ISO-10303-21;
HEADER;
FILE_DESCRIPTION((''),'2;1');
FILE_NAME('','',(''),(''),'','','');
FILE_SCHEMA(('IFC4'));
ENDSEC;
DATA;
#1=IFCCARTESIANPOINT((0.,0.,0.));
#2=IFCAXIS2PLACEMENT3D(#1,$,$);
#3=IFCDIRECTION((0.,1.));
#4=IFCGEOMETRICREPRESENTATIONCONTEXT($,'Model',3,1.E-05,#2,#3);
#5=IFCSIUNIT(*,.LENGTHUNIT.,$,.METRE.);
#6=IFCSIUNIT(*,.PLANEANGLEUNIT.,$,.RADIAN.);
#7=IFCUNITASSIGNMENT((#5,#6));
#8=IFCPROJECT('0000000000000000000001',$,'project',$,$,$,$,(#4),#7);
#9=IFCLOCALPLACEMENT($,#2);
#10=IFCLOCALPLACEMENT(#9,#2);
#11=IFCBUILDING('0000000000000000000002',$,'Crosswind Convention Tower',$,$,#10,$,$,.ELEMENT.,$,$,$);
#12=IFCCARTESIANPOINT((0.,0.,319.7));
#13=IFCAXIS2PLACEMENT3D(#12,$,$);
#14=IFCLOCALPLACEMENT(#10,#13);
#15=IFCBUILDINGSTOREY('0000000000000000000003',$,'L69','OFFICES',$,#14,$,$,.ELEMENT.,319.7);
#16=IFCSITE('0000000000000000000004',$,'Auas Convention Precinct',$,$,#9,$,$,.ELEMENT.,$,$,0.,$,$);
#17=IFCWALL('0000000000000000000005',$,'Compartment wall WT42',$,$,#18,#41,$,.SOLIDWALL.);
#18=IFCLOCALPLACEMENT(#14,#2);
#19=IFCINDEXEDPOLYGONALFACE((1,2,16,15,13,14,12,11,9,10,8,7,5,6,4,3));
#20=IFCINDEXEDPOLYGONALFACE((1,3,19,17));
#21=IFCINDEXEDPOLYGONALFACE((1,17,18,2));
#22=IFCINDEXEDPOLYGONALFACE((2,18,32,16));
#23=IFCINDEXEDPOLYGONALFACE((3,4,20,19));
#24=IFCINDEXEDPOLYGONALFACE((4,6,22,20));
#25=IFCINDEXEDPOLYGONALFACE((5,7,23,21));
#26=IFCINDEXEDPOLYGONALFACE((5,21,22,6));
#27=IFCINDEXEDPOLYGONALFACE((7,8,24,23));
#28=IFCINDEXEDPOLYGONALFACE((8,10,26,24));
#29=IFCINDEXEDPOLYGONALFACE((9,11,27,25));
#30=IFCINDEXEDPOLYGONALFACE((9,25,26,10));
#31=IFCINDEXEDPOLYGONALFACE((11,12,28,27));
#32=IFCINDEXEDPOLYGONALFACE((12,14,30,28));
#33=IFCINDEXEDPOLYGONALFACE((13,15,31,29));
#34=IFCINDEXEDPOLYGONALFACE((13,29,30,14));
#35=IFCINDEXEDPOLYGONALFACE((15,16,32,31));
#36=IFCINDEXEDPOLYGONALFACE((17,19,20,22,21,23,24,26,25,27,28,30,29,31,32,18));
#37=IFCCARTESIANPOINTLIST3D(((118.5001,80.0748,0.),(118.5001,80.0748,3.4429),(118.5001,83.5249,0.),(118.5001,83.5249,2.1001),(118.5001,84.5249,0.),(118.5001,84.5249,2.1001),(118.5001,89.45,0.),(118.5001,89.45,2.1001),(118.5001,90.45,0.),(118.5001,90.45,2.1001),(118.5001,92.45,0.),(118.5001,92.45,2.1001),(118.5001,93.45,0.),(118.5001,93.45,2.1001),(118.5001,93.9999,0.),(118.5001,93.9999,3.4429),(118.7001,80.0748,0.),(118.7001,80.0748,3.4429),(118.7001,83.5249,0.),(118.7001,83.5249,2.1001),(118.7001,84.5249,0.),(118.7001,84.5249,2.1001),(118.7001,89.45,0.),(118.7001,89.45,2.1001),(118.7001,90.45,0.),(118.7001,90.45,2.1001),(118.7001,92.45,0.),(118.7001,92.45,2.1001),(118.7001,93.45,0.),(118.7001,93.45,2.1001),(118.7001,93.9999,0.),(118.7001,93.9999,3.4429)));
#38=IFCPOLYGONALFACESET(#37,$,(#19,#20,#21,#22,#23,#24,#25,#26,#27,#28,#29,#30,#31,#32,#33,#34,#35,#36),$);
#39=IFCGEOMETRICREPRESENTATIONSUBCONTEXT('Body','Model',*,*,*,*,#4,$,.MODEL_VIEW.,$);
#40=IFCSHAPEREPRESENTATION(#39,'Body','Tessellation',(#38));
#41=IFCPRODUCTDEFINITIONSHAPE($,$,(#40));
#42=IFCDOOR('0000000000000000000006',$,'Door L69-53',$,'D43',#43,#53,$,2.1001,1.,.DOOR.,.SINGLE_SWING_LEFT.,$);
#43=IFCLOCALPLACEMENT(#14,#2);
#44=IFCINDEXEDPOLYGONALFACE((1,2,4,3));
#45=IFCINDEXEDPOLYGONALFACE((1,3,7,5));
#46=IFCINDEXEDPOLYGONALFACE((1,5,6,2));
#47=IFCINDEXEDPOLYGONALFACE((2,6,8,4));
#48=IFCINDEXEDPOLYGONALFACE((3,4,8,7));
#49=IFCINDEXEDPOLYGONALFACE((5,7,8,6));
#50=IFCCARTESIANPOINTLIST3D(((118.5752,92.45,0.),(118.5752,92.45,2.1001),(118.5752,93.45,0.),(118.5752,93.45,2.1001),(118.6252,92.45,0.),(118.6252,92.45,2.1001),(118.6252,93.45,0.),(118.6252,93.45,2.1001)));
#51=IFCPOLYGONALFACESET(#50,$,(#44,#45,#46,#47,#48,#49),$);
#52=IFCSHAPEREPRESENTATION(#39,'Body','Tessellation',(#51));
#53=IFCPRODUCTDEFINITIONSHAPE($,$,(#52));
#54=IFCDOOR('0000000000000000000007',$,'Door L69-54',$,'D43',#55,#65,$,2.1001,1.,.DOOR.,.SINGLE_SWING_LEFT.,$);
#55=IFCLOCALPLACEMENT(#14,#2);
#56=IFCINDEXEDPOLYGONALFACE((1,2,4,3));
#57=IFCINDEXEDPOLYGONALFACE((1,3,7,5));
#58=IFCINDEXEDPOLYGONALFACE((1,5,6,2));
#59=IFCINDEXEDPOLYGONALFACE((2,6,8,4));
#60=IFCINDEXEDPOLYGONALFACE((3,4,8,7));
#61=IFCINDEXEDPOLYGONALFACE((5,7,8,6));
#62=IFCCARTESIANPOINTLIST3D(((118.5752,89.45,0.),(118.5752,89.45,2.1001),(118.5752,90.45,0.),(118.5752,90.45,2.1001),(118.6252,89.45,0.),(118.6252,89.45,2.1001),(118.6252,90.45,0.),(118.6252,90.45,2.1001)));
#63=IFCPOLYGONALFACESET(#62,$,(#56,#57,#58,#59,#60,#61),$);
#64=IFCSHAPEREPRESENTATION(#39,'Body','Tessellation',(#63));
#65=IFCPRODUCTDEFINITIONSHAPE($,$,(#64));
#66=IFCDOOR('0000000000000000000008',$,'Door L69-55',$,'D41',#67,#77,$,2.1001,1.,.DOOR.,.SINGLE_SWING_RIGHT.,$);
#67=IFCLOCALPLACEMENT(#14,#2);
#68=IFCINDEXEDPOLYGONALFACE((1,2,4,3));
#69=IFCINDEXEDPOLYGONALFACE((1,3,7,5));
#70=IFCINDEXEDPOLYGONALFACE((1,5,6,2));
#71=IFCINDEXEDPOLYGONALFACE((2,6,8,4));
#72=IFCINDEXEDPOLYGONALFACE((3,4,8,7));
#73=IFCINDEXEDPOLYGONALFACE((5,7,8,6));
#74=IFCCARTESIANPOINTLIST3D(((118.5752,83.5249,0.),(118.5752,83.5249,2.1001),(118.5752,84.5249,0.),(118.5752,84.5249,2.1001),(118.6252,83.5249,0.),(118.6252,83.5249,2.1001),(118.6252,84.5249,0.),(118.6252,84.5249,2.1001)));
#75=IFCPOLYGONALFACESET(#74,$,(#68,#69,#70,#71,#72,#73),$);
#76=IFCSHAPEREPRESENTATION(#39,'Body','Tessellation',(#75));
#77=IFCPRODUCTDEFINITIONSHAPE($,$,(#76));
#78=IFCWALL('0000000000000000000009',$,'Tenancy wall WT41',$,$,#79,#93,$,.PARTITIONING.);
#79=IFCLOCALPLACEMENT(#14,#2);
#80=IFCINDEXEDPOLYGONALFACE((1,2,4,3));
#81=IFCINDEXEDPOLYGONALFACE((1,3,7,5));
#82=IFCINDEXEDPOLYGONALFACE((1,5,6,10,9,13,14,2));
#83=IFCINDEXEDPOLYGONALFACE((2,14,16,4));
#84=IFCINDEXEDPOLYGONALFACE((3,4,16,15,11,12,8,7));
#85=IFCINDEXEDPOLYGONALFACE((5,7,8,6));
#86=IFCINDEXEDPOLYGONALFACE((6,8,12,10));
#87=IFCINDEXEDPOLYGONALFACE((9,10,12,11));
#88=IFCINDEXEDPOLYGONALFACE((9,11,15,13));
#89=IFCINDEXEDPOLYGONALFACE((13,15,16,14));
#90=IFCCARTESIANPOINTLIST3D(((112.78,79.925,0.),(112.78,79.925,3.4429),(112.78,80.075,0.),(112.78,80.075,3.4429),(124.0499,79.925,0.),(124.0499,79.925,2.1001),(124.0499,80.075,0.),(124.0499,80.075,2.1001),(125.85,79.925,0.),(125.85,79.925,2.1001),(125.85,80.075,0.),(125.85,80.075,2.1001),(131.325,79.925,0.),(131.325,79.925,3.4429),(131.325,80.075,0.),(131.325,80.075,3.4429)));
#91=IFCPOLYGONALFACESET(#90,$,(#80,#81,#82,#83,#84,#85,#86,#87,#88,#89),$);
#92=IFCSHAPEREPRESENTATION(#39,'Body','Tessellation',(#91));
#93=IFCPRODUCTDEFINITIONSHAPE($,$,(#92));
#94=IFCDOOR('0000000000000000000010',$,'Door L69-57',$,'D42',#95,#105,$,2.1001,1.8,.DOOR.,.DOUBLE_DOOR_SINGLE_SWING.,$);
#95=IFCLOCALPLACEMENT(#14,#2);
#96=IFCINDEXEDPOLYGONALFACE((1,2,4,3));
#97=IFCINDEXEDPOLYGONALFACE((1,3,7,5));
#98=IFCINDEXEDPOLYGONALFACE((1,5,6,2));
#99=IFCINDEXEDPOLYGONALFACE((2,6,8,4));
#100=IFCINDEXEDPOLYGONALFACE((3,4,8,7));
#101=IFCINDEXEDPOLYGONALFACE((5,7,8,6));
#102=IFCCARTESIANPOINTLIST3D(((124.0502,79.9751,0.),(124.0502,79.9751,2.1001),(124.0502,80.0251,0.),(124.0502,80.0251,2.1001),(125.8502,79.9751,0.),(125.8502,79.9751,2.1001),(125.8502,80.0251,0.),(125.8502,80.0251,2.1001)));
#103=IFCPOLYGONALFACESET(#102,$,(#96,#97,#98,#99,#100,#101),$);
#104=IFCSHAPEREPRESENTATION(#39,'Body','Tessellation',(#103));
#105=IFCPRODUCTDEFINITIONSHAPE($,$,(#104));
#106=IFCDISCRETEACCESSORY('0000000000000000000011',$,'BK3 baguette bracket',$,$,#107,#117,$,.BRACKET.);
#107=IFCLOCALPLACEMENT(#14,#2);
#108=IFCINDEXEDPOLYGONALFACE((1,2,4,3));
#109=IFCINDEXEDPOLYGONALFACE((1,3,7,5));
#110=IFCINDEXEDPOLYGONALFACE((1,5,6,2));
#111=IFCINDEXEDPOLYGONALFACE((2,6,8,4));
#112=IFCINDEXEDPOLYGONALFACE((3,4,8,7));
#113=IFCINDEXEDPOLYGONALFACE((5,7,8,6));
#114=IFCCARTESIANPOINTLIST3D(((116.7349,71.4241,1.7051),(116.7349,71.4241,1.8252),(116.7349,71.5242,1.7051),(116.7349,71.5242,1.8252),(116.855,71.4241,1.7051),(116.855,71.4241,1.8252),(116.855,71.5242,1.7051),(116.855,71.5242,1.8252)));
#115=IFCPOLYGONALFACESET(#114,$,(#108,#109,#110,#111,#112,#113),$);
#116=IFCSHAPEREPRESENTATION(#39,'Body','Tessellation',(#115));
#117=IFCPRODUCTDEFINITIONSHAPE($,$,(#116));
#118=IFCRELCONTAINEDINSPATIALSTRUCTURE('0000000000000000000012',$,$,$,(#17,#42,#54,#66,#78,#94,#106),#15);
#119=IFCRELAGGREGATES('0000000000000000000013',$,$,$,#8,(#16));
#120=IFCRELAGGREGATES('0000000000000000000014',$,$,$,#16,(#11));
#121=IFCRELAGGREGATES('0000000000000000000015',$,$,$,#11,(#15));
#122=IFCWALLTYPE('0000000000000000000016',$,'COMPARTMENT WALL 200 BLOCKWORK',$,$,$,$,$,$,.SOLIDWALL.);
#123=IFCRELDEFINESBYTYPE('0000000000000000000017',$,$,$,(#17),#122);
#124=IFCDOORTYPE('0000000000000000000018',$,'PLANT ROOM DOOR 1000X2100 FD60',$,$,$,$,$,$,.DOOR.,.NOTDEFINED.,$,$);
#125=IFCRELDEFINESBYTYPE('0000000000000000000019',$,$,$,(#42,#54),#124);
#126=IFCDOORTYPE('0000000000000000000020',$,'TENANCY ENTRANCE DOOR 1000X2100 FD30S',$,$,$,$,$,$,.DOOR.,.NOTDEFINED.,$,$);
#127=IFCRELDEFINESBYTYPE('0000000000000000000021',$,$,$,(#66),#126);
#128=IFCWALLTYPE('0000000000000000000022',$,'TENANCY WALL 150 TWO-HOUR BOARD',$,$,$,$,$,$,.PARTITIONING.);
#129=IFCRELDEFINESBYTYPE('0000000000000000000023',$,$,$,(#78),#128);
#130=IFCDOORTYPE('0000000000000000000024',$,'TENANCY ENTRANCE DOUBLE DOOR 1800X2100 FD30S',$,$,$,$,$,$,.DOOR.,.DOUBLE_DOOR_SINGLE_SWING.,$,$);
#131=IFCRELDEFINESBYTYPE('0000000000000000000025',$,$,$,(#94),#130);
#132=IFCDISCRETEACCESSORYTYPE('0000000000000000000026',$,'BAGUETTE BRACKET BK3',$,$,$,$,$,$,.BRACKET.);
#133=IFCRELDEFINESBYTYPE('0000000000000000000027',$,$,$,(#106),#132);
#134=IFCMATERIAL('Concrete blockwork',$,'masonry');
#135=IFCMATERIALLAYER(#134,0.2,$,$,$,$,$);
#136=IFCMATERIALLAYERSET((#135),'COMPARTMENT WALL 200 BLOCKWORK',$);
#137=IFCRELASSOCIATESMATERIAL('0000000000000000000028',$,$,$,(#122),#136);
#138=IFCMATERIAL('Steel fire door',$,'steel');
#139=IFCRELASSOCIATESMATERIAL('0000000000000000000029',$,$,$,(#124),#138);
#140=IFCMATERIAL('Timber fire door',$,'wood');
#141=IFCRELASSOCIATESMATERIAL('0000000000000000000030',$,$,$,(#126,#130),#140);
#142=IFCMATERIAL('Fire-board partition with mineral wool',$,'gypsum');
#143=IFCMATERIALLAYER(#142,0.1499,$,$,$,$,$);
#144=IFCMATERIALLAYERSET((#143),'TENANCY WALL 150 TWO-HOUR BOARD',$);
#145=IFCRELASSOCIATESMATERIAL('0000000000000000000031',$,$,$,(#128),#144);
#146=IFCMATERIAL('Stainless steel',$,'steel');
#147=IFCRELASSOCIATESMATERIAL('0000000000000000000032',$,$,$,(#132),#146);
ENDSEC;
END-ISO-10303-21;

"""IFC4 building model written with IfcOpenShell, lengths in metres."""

from ifc_helpers import new_model, si_unit, direction, frame, frame_2d, origin, origin_2d, place, context, subcontext, project, spatial, rectangle, extrude, material, layer, layer_set, type_object, element, fill, save


model = new_model("IFC4")

# Units and contexts
model_context = context("Model", 3, precision=1e-05, world=origin(), true_north=direction((0.0, 1.0)))
body_context = subcontext(model_context, "Body", "Model", "MODEL_VIEW")
ifc_project = project(units=[si_unit("LENGTHUNIT", "METRE"), si_unit("PLANEANGLEUNIT", "RADIAN")], contexts=[model_context])

# Site, building, storey
site_placement = place(None, origin())
site = spatial("IfcSite", under=ifc_project, at=site_placement, Name="Auas Convention Precinct", CompositionType="ELEMENT", RefElevation=0.0)
building_placement = place(site_placement, origin())
building = spatial("IfcBuilding", under=site, at=building_placement, Name="Crosswind Convention Tower", CompositionType="ELEMENT")
storey_placement = place(building_placement, frame((0.0, 0.0, 319.7)))
storey = spatial("IfcBuildingStorey", under=building, at=storey_placement, Name="L69", Description="OFFICES", CompositionType="ELEMENT", Elevation=319.7)

# Wall, openings, doors
ifc_material_1 = material(Name="Concrete blockwork", Category="masonry")
ifc_layer_1 = layer(ifc_material_1, 0.2)
ifc_layer_set_1 = layer_set([ifc_layer_1], Name="COMPARTMENT WALL 200 BLOCKWORK")
wall_type_1 = type_object("IfcWallType", Name="COMPARTMENT WALL 200 BLOCKWORK", PredefinedType="SOLIDWALL", material=ifc_layer_set_1)
wall_1_placement = place(storey_placement, frame((118.6001, 80.075, 0.0), z_axis=(0.0, 0.0, 1.0), x_axis=(0.0, 1.0, 0.0)))
wall_1 = element("IfcWall", 1, at=wall_1_placement, inside=storey, type_object=wall_type_1, Name="Compartment wall WT42", PredefinedType="SOLIDWALL", context=body_context, shape_type="SweptSolid", body=[
    extrude(rectangle(XDim=13.925, YDim=0.2, at=frame_2d((6.9624, 0.0))), origin(), (0.0, 0.0, 1.0), 3.4429),
])
opening_1_placement = place(wall_1_placement, frame((12.375, 0.0, 0.0)))
opening_1 = element("IfcOpeningElement", 2, at=opening_1_placement, cuts=wall_1, PredefinedType="OPENING", context=body_context, shape_type="SweptSolid", body=[
    extrude(rectangle(XDim=1.0, YDim=2.1001, at=frame_2d((0.5, 1.05))), frame((0.0, 0.1099, 0.0), z_axis=(0.0, -1.0, 0.0), x_axis=(1.0, 0.0, 0.0)), (0.0, 0.0, 1.0), 0.22),
])
opening_2_placement = place(wall_1_placement, frame((9.375, 0.0, 0.0)))
opening_2 = element("IfcOpeningElement", 3, at=opening_2_placement, cuts=wall_1, PredefinedType="OPENING", context=body_context, shape_type="SweptSolid", body=[
    extrude(rectangle(XDim=1.0, YDim=2.1001, at=frame_2d((0.5, 1.05))), frame((0.0, 0.1099, 0.0), z_axis=(0.0, -1.0, 0.0), x_axis=(1.0, 0.0, 0.0)), (0.0, 0.0, 1.0), 0.22),
])
opening_3_placement = place(wall_1_placement, frame((3.45, 0.0, 0.0)))
opening_3 = element("IfcOpeningElement", 4, at=opening_3_placement, cuts=wall_1, PredefinedType="OPENING", context=body_context, shape_type="SweptSolid", body=[
    extrude(rectangle(XDim=1.0, YDim=2.1001, at=frame_2d((0.5, 1.05))), frame((0.0, 0.1099, 0.0), z_axis=(0.0, -1.0, 0.0), x_axis=(1.0, 0.0, 0.0)), (0.0, 0.0, 1.0), 0.22),
])
ifc_material_2 = material(Name="Steel fire door", Category="steel")
door_type_1 = type_object("IfcDoorType", Name="PLANT ROOM DOOR 1000X2100 FD60", OperationType="NOTDEFINED", PredefinedType="DOOR", material=ifc_material_2)
door_1_placement = place(opening_1_placement, origin())
door_1 = element("IfcDoor", 5, at=door_1_placement, inside=storey, type_object=door_type_1, Name="Door L69-53", ObjectType="D43", OperationType="SINGLE_SWING_LEFT", OverallHeight=2.1001, OverallWidth=1.0, PredefinedType="DOOR", context=body_context, shape_type="SweptSolid", body=[
    extrude(rectangle(XDim=1.0, YDim=2.1001, at=frame_2d((0.5, 1.05))), frame((0.0, 0.0249, 0.0), z_axis=(0.0, -1.0, 0.0), x_axis=(1.0, 0.0, 0.0)), (0.0, 0.0, 1.0), 0.05),
])
fill(opening_1, door_1)
door_2_placement = place(opening_2_placement, origin())
door_2 = element("IfcDoor", 6, at=door_2_placement, inside=storey, type_object=door_type_1, Name="Door L69-54", ObjectType="D43", OperationType="SINGLE_SWING_LEFT", OverallHeight=2.1001, OverallWidth=1.0, PredefinedType="DOOR", context=body_context, shape_type="SweptSolid", body=[
    extrude(rectangle(XDim=1.0, YDim=2.1001, at=frame_2d((0.5, 1.05))), frame((0.0, 0.0249, 0.0), z_axis=(0.0, -1.0, 0.0), x_axis=(1.0, 0.0, 0.0)), (0.0, 0.0, 1.0), 0.05),
])
fill(opening_2, door_2)
ifc_material_3 = material(Name="Timber fire door", Category="wood")
door_type_2 = type_object("IfcDoorType", Name="TENANCY ENTRANCE DOOR 1000X2100 FD30S", OperationType="NOTDEFINED", PredefinedType="DOOR", material=ifc_material_3)
door_3_placement = place(opening_3_placement, origin())
door_3 = element("IfcDoor", 7, at=door_3_placement, inside=storey, type_object=door_type_2, Name="Door L69-55", ObjectType="D41", OperationType="SINGLE_SWING_RIGHT", OverallHeight=2.1001, OverallWidth=1.0, PredefinedType="DOOR", context=body_context, shape_type="SweptSolid", body=[
    extrude(rectangle(XDim=1.0, YDim=2.1001, at=frame_2d((0.5, 1.05))), frame((0.0, 0.0249, 0.0), z_axis=(0.0, -1.0, 0.0), x_axis=(1.0, 0.0, 0.0)), (0.0, 0.0, 1.0), 0.05),
])
fill(opening_3, door_3)

# Wall, opening, door
ifc_material_4 = material(Name="Fire-board partition with mineral wool", Category="gypsum")
ifc_layer_2 = layer(ifc_material_4, 0.1499)
ifc_layer_set_2 = layer_set([ifc_layer_2], Name="TENANCY WALL 150 TWO-HOUR BOARD")
wall_type_2 = type_object("IfcWallType", Name="TENANCY WALL 150 TWO-HOUR BOARD", PredefinedType="PARTITIONING", material=ifc_layer_set_2)
wall_2_placement = place(storey_placement, frame((112.78, 80.0, 0.0), z_axis=(0.0, 0.0, 1.0), x_axis=(1.0, 0.0, 0.0)))
wall_2 = element("IfcWall", 8, at=wall_2_placement, inside=storey, type_object=wall_type_2, Name="Tenancy wall WT41", PredefinedType="PARTITIONING", context=body_context, shape_type="SweptSolid", body=[
    extrude(rectangle(XDim=18.5449, YDim=0.1499, at=frame_2d((9.2725, 0.0))), origin(), (0.0, 0.0, 1.0), 3.4429),
])
opening_4_placement = place(wall_2_placement, frame((11.27, 0.0, 0.0)))
opening_4 = element("IfcOpeningElement", 9, at=opening_4_placement, cuts=wall_2, PredefinedType="OPENING", context=body_context, shape_type="SweptSolid", body=[
    extrude(rectangle(XDim=1.8, YDim=2.1001, at=frame_2d((0.8999, 1.05))), frame((0.0, 0.085, 0.0), z_axis=(0.0, -1.0, 0.0), x_axis=(1.0, 0.0, 0.0)), (0.0, 0.0, 1.0), 0.1699),
])
door_type_3 = type_object("IfcDoorType", Name="TENANCY ENTRANCE DOUBLE DOOR 1800X2100 FD30S", OperationType="DOUBLE_DOOR_SINGLE_SWING", PredefinedType="DOOR", material=ifc_material_3)
door_4_placement = place(opening_4_placement, frame((1.8, 0.0, 0.0), z_axis=(0.0, 0.0, 1.0), x_axis=(-1.0, 0.0, 0.0)))
door_4 = element("IfcDoor", 10, at=door_4_placement, inside=storey, type_object=door_type_3, Name="Door L69-57", ObjectType="D42", OperationType="DOUBLE_DOOR_SINGLE_SWING", OverallHeight=2.1001, OverallWidth=1.8, PredefinedType="DOOR", context=body_context, shape_type="SweptSolid", body=[
    extrude(rectangle(XDim=1.8, YDim=2.1001, at=frame_2d((0.8999, 1.05))), frame((0.0, 0.0249, 0.0), z_axis=(0.0, -1.0, 0.0), x_axis=(1.0, 0.0, 0.0)), (0.0, 0.0, 1.0), 0.05),
])
fill(opening_4, door_4)

# Discrete accessory
ifc_material_5 = material(Name="Stainless steel", Category="steel")
discrete_accessory_type = type_object("IfcDiscreteAccessoryType", Name="BAGUETTE BRACKET BK3", PredefinedType="BRACKET", material=ifc_material_5)
discrete_accessory_placement = place(storey_placement, frame((116.7949, 71.4741, 1.7051), z_axis=(0.0, 0.0, 1.0), x_axis=(1.0, 0.0, 0.0)))
element("IfcDiscreteAccessory", 11, at=discrete_accessory_placement, inside=storey, type_object=discrete_accessory_type, Name="BK3 baguette bracket", PredefinedType="BRACKET", context=body_context, shape_type="SweptSolid", body=[
    extrude(rectangle(XDim=0.1201, YDim=0.1001, at=origin_2d()), origin(), (0.0, 0.0, 1.0), 0.1201),
])

save(model, "model.ifc")
